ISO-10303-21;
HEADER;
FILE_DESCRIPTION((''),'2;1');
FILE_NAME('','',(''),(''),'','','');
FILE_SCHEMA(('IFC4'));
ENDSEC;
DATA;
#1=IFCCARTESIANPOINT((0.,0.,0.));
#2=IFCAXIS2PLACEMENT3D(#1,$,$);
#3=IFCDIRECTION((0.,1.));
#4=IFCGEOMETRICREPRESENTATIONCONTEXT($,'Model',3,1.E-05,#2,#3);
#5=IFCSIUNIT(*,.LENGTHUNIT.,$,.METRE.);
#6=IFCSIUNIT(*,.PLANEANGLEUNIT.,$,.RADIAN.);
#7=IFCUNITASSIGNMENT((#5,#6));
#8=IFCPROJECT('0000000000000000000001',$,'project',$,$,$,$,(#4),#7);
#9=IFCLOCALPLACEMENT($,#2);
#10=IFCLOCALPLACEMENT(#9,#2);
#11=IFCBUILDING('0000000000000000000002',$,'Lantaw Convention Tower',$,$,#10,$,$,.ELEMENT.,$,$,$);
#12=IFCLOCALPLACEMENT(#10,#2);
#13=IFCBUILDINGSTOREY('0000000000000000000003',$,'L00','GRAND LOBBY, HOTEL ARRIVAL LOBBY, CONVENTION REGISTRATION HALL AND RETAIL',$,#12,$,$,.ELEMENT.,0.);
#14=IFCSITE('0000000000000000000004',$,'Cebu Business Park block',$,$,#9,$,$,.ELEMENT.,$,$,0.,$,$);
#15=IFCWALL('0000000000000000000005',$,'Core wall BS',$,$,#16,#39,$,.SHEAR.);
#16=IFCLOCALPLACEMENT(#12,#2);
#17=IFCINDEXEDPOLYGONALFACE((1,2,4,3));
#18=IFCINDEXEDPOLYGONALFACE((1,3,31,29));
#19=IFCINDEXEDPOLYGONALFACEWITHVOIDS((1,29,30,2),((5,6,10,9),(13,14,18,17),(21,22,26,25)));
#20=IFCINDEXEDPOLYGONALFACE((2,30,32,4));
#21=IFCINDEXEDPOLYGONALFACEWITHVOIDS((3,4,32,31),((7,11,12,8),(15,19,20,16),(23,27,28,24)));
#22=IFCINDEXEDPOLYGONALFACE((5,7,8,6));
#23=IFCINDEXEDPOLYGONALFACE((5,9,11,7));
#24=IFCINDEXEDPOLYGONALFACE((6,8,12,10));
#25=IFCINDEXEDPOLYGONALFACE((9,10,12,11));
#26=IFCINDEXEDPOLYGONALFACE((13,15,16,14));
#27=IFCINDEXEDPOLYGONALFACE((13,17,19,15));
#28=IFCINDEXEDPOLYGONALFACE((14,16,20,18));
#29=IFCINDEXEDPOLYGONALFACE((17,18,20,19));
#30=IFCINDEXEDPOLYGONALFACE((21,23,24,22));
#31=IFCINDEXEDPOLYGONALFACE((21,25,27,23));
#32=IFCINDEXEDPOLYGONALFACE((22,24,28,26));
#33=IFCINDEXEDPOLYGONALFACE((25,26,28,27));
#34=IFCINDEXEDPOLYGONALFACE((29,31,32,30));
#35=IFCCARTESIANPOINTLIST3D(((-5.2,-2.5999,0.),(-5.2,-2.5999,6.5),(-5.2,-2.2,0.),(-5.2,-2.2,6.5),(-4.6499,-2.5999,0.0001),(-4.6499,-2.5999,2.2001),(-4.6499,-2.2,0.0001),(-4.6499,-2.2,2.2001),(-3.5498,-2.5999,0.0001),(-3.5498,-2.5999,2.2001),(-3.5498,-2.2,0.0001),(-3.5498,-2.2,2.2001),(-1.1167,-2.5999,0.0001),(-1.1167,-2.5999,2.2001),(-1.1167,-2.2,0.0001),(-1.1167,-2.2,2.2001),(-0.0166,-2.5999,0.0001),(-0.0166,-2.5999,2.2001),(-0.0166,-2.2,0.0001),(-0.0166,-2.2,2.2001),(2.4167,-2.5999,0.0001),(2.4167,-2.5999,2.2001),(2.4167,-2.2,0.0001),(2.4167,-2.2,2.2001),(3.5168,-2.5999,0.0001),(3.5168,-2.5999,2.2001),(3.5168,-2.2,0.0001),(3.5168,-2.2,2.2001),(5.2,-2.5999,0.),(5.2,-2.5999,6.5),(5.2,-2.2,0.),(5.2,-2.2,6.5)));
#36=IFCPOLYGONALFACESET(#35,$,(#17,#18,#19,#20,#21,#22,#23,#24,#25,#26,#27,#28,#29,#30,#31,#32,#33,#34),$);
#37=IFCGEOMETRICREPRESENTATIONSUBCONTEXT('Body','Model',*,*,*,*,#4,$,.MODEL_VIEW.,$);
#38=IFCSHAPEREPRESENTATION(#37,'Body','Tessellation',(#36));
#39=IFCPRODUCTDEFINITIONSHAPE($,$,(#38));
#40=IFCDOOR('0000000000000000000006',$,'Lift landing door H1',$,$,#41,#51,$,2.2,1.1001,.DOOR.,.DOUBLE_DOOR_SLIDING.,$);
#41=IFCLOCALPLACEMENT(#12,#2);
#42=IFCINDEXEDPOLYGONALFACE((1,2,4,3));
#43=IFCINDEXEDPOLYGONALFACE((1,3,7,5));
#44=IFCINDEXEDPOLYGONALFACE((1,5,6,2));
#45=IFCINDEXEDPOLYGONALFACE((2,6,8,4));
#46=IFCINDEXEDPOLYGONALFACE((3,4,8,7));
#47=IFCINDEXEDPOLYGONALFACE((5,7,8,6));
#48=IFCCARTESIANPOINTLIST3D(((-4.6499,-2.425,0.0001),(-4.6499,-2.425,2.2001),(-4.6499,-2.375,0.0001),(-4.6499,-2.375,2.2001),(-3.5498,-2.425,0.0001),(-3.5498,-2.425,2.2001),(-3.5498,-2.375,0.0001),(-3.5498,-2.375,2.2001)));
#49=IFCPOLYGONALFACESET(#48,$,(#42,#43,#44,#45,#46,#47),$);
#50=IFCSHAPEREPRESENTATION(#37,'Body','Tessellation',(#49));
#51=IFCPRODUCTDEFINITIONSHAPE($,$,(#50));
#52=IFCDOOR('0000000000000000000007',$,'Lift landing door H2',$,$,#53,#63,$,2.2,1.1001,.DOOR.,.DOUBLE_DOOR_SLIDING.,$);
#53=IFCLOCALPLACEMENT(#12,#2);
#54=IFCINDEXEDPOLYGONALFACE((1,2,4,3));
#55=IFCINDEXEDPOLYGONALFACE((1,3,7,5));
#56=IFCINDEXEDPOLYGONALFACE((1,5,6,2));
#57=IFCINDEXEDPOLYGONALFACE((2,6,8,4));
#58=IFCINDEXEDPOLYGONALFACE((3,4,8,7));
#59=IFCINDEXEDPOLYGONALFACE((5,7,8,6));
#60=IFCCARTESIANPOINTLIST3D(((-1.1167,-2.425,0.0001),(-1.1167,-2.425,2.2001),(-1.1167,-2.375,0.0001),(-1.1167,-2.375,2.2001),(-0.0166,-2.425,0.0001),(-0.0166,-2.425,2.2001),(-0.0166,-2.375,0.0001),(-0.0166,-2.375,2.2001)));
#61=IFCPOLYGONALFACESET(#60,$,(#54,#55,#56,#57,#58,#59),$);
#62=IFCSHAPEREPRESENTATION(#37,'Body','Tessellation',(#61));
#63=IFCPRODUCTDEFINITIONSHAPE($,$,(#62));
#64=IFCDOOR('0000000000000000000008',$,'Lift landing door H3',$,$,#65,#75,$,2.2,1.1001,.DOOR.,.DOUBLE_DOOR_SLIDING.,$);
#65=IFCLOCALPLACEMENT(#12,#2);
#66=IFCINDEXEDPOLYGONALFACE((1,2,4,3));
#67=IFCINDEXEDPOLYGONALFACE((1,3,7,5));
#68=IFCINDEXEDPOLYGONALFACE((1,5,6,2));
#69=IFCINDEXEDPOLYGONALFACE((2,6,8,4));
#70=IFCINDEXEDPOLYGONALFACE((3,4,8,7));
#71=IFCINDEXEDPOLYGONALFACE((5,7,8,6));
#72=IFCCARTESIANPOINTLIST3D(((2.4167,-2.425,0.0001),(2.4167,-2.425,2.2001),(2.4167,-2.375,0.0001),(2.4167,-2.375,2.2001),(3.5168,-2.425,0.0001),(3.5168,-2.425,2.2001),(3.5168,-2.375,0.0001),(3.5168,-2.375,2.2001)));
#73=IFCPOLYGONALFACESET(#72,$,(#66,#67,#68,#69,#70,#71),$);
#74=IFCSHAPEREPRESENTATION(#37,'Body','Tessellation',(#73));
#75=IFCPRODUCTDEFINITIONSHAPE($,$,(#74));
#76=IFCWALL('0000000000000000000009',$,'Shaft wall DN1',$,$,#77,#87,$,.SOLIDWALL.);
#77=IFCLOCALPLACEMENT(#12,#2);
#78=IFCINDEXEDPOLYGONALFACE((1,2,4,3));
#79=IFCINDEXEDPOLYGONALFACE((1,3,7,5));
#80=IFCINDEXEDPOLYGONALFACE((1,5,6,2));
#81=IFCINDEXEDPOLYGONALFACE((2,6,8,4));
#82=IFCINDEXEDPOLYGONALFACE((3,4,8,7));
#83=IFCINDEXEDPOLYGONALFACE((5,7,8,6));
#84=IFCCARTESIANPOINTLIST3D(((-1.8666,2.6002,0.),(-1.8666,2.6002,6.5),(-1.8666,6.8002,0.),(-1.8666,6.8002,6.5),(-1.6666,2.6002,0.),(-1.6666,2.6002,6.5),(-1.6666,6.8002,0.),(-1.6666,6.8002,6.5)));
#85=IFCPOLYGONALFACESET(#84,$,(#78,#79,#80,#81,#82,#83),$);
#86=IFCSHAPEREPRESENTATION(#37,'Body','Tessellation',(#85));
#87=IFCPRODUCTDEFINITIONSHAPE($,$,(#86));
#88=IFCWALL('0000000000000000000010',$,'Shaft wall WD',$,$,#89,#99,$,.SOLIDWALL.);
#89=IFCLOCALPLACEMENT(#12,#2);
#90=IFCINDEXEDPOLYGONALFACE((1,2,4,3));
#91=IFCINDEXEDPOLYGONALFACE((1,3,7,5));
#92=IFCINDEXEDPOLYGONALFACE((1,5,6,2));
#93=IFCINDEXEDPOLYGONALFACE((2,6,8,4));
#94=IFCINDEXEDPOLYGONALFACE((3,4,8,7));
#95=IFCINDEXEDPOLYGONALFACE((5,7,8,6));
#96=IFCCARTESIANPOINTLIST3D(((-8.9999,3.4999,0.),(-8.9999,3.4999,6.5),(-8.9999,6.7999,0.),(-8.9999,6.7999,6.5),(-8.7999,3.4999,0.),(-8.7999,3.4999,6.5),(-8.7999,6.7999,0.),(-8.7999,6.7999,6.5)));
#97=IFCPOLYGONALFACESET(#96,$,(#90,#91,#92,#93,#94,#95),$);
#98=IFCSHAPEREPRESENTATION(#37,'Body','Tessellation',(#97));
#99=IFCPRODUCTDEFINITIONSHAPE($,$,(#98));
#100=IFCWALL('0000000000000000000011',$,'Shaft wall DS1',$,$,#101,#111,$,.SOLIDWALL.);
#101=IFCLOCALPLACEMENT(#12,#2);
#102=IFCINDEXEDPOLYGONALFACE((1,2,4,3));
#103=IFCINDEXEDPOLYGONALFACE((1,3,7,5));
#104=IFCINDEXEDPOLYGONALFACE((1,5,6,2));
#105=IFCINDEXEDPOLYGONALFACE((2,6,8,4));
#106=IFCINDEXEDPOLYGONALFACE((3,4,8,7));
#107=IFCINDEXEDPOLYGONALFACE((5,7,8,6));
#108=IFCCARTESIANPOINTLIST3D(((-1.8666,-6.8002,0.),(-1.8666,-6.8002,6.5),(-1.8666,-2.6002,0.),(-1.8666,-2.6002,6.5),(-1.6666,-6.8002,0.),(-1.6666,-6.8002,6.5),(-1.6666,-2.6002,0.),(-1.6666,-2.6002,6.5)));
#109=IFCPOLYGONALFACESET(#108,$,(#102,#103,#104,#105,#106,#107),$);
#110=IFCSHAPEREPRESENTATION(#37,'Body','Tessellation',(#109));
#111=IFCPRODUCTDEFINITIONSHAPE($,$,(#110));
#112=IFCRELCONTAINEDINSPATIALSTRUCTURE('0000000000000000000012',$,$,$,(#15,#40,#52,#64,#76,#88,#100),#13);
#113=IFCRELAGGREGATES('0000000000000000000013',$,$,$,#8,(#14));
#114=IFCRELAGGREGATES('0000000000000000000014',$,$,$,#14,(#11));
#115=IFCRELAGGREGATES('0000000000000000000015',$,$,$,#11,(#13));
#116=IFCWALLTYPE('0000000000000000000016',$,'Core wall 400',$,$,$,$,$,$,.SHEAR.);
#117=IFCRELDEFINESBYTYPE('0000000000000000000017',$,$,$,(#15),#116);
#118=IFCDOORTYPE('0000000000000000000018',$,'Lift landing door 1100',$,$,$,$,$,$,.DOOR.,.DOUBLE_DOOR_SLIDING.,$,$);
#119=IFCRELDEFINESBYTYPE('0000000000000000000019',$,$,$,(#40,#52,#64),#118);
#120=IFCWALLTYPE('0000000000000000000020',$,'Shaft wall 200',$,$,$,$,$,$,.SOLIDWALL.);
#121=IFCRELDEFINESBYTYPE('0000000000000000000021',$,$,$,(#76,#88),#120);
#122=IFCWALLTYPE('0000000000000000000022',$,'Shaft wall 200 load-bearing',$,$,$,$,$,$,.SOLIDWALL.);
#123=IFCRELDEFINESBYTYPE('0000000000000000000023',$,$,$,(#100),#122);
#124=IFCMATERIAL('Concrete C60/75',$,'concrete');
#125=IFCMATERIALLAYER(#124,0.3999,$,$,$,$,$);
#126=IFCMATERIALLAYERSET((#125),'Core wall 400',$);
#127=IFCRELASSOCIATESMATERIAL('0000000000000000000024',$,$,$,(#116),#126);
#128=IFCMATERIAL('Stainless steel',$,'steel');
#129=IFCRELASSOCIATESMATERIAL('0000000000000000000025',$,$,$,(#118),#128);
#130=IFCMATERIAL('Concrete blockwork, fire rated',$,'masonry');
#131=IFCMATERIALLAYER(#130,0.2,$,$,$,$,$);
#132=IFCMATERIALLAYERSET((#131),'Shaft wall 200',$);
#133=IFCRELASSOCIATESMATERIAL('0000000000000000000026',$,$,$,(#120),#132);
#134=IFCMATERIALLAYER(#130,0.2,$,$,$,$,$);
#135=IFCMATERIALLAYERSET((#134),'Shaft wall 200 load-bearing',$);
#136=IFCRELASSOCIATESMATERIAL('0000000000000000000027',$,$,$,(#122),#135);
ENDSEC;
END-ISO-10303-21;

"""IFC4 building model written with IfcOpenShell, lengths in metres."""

from ifc_helpers import new_model, si_unit, direction, frame, frame_2d, origin, place, context, subcontext, project, spatial, rectangle, extrude, material, layer, layer_set, type_object, element, fill, save


model = new_model("IFC4")

# Units and contexts
model_context = context("Model", 3, precision=1e-05, world=origin(), true_north=direction((0.0, 1.0)))
body_context = subcontext(model_context, "Body", "Model", "MODEL_VIEW")
ifc_project = project(units=[si_unit("LENGTHUNIT", "METRE"), si_unit("PLANEANGLEUNIT", "RADIAN")], contexts=[model_context])

# Site, building, storey
site_placement = place(None, origin())
site = spatial("IfcSite", under=ifc_project, at=site_placement, Name="Cebu Business Park block", CompositionType="ELEMENT", RefElevation=0.0)
building_placement = place(site_placement, origin())
building = spatial("IfcBuilding", under=site, at=building_placement, Name="Lantaw Convention Tower", CompositionType="ELEMENT")
storey_placement = place(building_placement, origin())
storey = spatial("IfcBuildingStorey", under=building, at=storey_placement, Name="L00", Description="GRAND LOBBY, HOTEL ARRIVAL LOBBY, CONVENTION REGISTRATION HALL AND RETAIL", CompositionType="ELEMENT", Elevation=0.0)

# Shared definitions
ifc_material_1 = material(Name="Concrete C60/75", Category="concrete")

# Wall, openings, doors
ifc_layer_1 = layer(ifc_material_1, 0.3999)
ifc_layer_set_1 = layer_set([ifc_layer_1], Name="Core wall 400")
wall_type_1 = type_object("IfcWallType", Name="Core wall 400", PredefinedType="SHEAR", material=ifc_layer_set_1)
wall_1_placement = place(storey_placement, frame((-5.2, -2.3999, 0.0), z_axis=(0.0, 0.0, 1.0), x_axis=(1.0, 0.0, 0.0)))
wall_1 = element("IfcWall", 1, at=wall_1_placement, inside=storey, type_object=wall_type_1, Name="Core wall BS", PredefinedType="SHEAR", context=body_context, shape_type="SweptSolid", body=[
    extrude(rectangle(XDim=10.3999, YDim=0.3999, at=frame_2d((5.2, 0.0))), origin(), (0.0, 0.0, 1.0), 6.5),
])
opening_1_placement = place(wall_1_placement, frame((0.55, 0.0, 0.0)))
opening_1 = element("IfcOpeningElement", 2, at=opening_1_placement, cuts=wall_1, PredefinedType="OPENING", context=body_context, shape_type="SweptSolid", body=[
    extrude(rectangle(XDim=1.1001, YDim=2.2, at=frame_2d((0.55, 1.1001))), frame((0.0, 0.21, 0.0), z_axis=(0.0, -1.0, 0.0), x_axis=(1.0, 0.0, 0.0)), (0.0, 0.0, 1.0), 0.4199),
])
opening_2_placement = place(wall_1_placement, frame((4.0833, 0.0, 0.0)))
opening_2 = element("IfcOpeningElement", 3, at=opening_2_placement, cuts=wall_1, PredefinedType="OPENING", context=body_context, shape_type="SweptSolid", body=[
    extrude(rectangle(XDim=1.1001, YDim=2.2, at=frame_2d((0.55, 1.1001))), frame((0.0, 0.21, 0.0), z_axis=(0.0, -1.0, 0.0), x_axis=(1.0, 0.0, 0.0)), (0.0, 0.0, 1.0), 0.4199),
])
opening_3_placement = place(wall_1_placement, frame((7.6167, 0.0, 0.0)))
opening_3 = element("IfcOpeningElement", 4, at=opening_3_placement, cuts=wall_1, PredefinedType="OPENING", context=body_context, shape_type="SweptSolid", body=[
    extrude(rectangle(XDim=1.1001, YDim=2.2, at=frame_2d((0.55, 1.1001))), frame((0.0, 0.21, 0.0), z_axis=(0.0, -1.0, 0.0), x_axis=(1.0, 0.0, 0.0)), (0.0, 0.0, 1.0), 0.4199),
])
ifc_material_2 = material(Name="Stainless steel", Category="steel")
door_type_1 = type_object("IfcDoorType", Name="Lift landing door 1100", OperationType="DOUBLE_DOOR_SLIDING", PredefinedType="DOOR", material=ifc_material_2)
door_1_placement = place(opening_1_placement, origin())
door_1 = element("IfcDoor", 5, at=door_1_placement, inside=storey, type_object=door_type_1, Name="Lift landing door H1", OperationType="DOUBLE_DOOR_SLIDING", OverallHeight=2.2, OverallWidth=1.1001, PredefinedType="DOOR", context=body_context, shape_type="SweptSolid", body=[
    extrude(rectangle(XDim=1.1001, YDim=2.2, at=frame_2d((0.55, 1.1001))), frame((0.0, 0.0249, 0.0), z_axis=(0.0, -1.0, 0.0), x_axis=(1.0, 0.0, 0.0)), (0.0, 0.0, 1.0), 0.05),
])
fill(opening_1, door_1)
door_2_placement = place(opening_2_placement, origin())
door_2 = element("IfcDoor", 6, at=door_2_placement, inside=storey, type_object=door_type_1, Name="Lift landing door H2", OperationType="DOUBLE_DOOR_SLIDING", OverallHeight=2.2, OverallWidth=1.1001, PredefinedType="DOOR", context=body_context, shape_type="SweptSolid", body=[
    extrude(rectangle(XDim=1.1001, YDim=2.2, at=frame_2d((0.55, 1.1001))), frame((0.0, 0.0249, 0.0), z_axis=(0.0, -1.0, 0.0), x_axis=(1.0, 0.0, 0.0)), (0.0, 0.0, 1.0), 0.05),
])
fill(opening_2, door_2)
door_3_placement = place(opening_3_placement, origin())
door_3 = element("IfcDoor", 7, at=door_3_placement, inside=storey, type_object=door_type_1, Name="Lift landing door H3", OperationType="DOUBLE_DOOR_SLIDING", OverallHeight=2.2, OverallWidth=1.1001, PredefinedType="DOOR", context=body_context, shape_type="SweptSolid", body=[
    extrude(rectangle(XDim=1.1001, YDim=2.2, at=frame_2d((0.55, 1.1001))), frame((0.0, 0.0249, 0.0), z_axis=(0.0, -1.0, 0.0), x_axis=(1.0, 0.0, 0.0)), (0.0, 0.0, 1.0), 0.05),
])
fill(opening_3, door_3)

# Walls
ifc_material_3 = material(Name="Concrete blockwork, fire rated", Category="masonry")
ifc_layer_2 = layer(ifc_material_3, 0.2)
ifc_layer_set_2 = layer_set([ifc_layer_2], Name="Shaft wall 200")
wall_type_2 = type_object("IfcWallType", Name="Shaft wall 200", PredefinedType="SOLIDWALL", material=ifc_layer_set_2)
wall_2_placement = place(storey_placement, frame((-1.7666, 2.6001, 0.0), z_axis=(0.0, 0.0, 1.0), x_axis=(0.0, 1.0, 0.0)))
element("IfcWall", 8, at=wall_2_placement, inside=storey, type_object=wall_type_2, Name="Shaft wall DN1", PredefinedType="SOLIDWALL", context=body_context, shape_type="SweptSolid", body=[
    extrude(rectangle(XDim=4.2, YDim=0.2, at=frame_2d((2.1001, 0.0))), origin(), (0.0, 0.0, 1.0), 6.5),
])
wall_3_placement = place(storey_placement, frame((-8.8999, 3.5, 0.0), z_axis=(0.0, 0.0, 1.0), x_axis=(0.0, 1.0, 0.0)))
element("IfcWall", 9, at=wall_3_placement, inside=storey, type_object=wall_type_2, Name="Shaft wall WD", PredefinedType="SOLIDWALL", context=body_context, shape_type="SweptSolid", body=[
    extrude(rectangle(XDim=3.3, YDim=0.2, at=frame_2d((1.6499, 0.0))), origin(), (0.0, 0.0, 1.0), 6.5),
])
ifc_layer_3 = layer(ifc_material_3, 0.2)
ifc_layer_set_3 = layer_set([ifc_layer_3], Name="Shaft wall 200 load-bearing")
wall_type_3 = type_object("IfcWallType", Name="Shaft wall 200 load-bearing", PredefinedType="SOLIDWALL", material=ifc_layer_set_3)
wall_4_placement = place(storey_placement, frame((-1.7666, -2.6001, 0.0), z_axis=(0.0, 0.0, 1.0), x_axis=(0.0, -1.0, 0.0)))
element("IfcWall", 10, at=wall_4_placement, inside=storey, type_object=wall_type_3, Name="Shaft wall DS1", PredefinedType="SOLIDWALL", context=body_context, shape_type="SweptSolid", body=[
    extrude(rectangle(XDim=4.2, YDim=0.2, at=frame_2d((2.1001, 0.0))), origin(), (0.0, 0.0, 1.0), 6.5),
])

save(model, "model.ifc")
